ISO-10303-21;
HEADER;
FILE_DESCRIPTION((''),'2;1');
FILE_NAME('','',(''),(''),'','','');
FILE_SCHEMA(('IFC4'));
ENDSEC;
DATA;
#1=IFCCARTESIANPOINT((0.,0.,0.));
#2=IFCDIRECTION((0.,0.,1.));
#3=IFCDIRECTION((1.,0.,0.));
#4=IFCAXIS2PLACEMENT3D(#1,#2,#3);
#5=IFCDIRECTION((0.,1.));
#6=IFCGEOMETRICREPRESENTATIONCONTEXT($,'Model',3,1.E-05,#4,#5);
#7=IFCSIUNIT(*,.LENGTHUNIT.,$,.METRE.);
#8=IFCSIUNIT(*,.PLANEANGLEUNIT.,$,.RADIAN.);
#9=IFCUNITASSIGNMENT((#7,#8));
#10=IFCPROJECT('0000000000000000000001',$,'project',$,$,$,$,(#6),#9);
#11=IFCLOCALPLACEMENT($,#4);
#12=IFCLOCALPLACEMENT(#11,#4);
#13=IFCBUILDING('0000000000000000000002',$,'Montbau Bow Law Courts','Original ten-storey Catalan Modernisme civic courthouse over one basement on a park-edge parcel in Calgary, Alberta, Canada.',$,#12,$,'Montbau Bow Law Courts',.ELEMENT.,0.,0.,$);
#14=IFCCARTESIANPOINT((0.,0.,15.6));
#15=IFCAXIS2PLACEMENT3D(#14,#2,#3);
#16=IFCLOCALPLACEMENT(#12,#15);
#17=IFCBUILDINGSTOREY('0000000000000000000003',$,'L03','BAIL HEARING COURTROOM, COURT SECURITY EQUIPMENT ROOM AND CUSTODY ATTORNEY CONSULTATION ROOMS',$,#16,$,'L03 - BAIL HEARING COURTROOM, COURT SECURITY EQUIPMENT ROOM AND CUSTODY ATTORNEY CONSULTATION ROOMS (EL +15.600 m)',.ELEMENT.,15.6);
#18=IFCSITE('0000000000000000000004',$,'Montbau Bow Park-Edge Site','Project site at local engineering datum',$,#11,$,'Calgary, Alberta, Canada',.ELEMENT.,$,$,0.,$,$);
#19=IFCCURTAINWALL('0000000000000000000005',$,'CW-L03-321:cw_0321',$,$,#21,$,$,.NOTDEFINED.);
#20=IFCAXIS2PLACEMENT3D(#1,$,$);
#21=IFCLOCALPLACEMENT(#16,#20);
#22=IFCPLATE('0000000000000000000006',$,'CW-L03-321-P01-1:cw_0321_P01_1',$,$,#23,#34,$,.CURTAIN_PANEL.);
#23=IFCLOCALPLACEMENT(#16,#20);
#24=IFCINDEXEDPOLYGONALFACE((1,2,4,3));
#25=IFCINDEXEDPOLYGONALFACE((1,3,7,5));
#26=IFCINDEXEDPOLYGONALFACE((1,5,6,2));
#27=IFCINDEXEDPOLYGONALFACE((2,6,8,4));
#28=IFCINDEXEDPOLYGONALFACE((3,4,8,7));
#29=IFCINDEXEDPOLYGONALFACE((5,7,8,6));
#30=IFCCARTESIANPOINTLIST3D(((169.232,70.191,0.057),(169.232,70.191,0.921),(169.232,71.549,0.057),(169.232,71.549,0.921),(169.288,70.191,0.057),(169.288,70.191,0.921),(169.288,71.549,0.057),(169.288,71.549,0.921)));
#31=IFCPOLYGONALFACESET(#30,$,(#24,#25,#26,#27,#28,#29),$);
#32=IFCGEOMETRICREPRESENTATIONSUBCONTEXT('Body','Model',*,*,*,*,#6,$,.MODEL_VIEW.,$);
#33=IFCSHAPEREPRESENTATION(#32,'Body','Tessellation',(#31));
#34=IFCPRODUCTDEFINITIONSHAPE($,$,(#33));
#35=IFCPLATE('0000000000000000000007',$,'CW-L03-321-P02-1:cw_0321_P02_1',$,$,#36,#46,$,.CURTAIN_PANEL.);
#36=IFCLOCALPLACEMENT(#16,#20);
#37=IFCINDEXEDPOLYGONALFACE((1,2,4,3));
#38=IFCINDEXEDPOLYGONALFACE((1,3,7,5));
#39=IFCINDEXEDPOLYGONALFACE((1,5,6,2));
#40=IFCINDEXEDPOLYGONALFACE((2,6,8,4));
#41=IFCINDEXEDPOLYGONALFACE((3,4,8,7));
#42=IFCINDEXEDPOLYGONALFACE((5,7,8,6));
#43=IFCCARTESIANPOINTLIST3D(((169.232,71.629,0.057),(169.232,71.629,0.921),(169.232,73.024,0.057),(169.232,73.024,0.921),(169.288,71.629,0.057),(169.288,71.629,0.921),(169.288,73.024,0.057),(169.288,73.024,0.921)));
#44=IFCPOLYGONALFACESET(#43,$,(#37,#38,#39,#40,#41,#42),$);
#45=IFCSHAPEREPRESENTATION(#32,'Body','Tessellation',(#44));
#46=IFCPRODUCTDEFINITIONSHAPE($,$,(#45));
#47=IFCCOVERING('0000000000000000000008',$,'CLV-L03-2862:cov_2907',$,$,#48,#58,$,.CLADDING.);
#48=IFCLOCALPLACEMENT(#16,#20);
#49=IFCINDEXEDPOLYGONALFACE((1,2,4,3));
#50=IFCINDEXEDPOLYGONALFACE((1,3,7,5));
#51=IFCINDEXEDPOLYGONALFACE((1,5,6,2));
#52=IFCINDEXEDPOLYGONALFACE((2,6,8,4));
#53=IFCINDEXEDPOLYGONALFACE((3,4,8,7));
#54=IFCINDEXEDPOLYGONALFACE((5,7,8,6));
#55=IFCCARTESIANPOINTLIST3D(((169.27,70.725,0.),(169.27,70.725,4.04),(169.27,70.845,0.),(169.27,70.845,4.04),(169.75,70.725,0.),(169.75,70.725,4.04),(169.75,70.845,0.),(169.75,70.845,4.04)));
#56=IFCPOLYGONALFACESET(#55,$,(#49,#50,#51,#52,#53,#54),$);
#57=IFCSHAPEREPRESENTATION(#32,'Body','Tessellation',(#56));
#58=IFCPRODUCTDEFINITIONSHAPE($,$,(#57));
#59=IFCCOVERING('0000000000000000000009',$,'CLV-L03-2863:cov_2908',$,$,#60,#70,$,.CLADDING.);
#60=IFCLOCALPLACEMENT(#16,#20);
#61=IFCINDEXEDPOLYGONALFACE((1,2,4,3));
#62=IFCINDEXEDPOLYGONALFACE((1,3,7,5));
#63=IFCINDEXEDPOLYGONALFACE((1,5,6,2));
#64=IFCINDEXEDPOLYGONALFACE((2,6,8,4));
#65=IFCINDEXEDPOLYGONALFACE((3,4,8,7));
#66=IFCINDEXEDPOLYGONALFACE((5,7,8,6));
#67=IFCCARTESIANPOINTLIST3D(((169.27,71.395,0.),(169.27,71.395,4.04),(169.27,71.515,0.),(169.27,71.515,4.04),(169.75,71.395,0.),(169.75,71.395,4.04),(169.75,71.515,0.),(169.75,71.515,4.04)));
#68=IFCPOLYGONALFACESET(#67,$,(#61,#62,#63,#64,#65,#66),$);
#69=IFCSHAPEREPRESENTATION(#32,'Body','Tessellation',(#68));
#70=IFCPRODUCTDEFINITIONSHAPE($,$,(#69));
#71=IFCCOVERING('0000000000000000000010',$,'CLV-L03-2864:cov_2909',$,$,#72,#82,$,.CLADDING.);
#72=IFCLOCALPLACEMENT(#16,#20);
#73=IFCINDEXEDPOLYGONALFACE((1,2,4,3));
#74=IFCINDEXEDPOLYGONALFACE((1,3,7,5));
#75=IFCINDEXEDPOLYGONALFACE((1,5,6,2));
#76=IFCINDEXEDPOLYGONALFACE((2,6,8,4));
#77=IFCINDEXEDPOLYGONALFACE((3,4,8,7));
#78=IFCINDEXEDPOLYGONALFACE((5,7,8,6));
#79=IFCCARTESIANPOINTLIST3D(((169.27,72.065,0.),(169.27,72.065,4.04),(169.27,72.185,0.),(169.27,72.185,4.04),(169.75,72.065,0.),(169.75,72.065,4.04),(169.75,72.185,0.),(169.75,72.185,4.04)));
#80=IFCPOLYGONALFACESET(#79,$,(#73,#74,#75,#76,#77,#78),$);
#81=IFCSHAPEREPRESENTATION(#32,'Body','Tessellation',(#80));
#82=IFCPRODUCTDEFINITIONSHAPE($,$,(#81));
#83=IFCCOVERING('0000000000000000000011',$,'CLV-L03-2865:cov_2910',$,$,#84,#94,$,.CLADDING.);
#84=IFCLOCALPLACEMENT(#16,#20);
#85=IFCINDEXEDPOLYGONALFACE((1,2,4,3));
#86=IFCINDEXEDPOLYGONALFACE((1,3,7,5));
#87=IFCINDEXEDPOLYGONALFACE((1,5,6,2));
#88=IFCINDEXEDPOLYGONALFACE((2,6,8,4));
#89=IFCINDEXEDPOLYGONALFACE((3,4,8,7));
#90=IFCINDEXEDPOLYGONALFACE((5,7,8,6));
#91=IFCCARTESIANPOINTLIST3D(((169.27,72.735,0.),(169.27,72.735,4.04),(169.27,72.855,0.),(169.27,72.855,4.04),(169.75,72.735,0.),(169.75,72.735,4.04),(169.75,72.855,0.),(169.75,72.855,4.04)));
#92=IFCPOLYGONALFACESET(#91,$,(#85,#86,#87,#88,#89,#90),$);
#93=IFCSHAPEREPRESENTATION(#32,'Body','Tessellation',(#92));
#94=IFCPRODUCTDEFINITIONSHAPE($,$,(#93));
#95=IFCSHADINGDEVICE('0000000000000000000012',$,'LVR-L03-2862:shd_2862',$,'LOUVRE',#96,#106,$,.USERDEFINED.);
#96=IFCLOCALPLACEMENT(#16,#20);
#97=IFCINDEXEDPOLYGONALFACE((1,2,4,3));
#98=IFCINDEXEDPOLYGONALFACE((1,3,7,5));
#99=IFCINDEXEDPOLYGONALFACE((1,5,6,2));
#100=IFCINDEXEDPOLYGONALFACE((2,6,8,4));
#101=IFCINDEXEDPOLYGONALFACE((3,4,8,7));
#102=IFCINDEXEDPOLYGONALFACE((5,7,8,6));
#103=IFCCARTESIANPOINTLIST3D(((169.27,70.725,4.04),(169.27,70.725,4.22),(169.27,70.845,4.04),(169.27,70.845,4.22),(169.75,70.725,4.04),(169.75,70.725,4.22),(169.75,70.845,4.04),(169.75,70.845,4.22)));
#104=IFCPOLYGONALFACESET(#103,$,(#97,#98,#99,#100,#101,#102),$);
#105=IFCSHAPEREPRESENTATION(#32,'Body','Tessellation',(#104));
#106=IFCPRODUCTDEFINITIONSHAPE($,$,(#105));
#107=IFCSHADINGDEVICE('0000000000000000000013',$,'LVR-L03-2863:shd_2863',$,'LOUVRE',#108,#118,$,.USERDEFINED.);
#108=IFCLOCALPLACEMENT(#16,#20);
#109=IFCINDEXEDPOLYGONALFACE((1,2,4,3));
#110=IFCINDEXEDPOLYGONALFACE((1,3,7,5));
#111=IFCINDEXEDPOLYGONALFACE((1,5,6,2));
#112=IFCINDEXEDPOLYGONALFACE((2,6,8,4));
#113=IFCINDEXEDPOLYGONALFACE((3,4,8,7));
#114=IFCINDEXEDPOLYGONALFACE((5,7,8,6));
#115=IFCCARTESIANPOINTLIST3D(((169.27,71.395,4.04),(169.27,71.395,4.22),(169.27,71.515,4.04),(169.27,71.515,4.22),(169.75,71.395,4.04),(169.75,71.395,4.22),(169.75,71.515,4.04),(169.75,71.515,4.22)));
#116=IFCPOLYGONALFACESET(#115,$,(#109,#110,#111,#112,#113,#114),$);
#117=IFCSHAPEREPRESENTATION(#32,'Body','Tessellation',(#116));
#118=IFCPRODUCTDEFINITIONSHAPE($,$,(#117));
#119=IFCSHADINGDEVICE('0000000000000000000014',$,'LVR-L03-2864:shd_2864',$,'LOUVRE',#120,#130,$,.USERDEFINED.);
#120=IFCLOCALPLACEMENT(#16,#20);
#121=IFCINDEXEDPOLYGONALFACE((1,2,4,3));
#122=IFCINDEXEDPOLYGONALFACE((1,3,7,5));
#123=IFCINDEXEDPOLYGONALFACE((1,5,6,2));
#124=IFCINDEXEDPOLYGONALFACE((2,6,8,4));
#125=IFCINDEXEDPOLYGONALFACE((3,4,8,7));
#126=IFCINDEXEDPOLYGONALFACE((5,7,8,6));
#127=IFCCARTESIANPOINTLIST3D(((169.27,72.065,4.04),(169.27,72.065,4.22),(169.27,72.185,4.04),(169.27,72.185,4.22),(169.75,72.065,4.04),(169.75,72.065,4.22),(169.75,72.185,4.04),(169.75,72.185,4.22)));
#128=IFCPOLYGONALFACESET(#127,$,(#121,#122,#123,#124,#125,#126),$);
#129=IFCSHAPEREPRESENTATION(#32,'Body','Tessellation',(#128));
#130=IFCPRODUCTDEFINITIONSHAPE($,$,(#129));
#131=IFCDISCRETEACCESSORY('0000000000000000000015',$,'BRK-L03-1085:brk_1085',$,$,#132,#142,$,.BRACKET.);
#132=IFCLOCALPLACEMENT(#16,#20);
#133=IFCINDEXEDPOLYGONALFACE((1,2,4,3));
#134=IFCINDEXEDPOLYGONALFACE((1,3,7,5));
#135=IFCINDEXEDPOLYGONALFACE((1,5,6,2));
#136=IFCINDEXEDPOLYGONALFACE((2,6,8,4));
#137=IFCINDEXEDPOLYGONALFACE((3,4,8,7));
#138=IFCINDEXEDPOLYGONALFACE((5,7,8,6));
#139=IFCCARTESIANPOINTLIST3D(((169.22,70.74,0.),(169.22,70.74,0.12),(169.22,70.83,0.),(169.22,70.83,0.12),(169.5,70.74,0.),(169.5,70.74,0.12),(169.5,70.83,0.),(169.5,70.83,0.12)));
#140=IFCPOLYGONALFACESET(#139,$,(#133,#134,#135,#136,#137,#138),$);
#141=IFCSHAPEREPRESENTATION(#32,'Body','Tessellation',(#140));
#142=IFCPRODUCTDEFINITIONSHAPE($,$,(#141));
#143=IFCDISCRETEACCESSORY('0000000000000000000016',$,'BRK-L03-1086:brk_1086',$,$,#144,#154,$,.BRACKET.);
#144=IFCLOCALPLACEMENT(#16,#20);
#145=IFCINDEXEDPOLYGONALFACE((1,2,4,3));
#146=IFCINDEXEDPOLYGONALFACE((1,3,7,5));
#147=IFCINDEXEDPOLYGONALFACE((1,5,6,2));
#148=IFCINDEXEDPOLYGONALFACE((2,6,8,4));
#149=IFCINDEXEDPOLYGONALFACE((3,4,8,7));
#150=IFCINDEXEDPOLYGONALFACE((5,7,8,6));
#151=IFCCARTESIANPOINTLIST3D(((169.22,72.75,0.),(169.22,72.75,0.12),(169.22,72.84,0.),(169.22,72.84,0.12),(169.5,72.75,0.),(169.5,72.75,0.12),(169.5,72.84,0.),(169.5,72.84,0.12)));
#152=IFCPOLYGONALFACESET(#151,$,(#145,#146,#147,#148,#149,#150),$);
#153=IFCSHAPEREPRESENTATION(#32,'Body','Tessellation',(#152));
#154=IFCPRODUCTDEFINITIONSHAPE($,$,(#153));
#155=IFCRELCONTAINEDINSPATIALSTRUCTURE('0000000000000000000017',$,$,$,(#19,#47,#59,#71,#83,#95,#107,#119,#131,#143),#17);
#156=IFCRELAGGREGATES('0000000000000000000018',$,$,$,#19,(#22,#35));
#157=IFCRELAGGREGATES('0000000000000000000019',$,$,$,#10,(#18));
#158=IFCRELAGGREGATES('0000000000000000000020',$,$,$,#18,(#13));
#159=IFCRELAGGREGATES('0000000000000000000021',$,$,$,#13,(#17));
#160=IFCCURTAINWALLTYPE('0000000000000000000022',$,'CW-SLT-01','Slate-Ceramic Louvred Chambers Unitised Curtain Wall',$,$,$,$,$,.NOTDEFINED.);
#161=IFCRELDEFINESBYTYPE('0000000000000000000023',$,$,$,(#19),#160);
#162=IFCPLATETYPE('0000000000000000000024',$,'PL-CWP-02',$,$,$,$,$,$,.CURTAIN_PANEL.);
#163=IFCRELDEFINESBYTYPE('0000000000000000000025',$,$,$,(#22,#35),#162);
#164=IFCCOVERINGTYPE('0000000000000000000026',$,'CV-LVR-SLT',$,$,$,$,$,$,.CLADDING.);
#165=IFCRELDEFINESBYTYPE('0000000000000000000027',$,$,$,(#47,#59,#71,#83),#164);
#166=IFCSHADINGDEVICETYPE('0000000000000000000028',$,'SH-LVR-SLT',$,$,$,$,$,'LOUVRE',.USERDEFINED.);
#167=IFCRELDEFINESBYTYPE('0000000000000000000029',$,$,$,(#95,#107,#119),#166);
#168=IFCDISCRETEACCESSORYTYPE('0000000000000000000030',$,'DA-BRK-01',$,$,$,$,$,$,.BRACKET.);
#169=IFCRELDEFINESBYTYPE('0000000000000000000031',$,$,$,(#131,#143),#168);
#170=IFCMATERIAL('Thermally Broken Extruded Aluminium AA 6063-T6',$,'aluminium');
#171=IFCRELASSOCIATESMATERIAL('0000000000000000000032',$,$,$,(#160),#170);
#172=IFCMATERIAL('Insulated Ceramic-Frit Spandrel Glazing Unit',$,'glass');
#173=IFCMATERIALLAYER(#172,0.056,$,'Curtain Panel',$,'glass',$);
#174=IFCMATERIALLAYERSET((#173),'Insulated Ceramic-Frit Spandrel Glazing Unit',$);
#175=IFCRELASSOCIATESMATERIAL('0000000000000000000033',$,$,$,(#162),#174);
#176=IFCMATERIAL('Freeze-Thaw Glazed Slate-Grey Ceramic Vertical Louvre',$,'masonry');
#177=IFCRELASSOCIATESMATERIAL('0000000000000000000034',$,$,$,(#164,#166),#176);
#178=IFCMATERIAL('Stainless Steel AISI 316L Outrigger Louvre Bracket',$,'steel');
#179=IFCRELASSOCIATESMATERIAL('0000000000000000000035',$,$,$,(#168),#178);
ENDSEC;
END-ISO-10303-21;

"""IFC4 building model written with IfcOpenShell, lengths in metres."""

from ifc_helpers import new_model, si_unit, direction, frame, frame_2d, origin_with_axes, origin_2d_with_axis, place, context, subcontext, project, spatial, rectangle, extrude, material, layer, layer_set, type_object, element, aggregate, save


model = new_model("IFC4")

# Units and contexts
model_context = context("Model", 3, precision=1e-05, world=origin_with_axes(), true_north=direction((0.0, 1.0)))
body_context = subcontext(model_context, "Body", "Model", "MODEL_VIEW")
ifc_project = project(units=[si_unit("LENGTHUNIT", "METRE"), si_unit("PLANEANGLEUNIT", "RADIAN")], contexts=[model_context])

# Site, building, storey
site_placement = place(None, origin_with_axes())
site = spatial("IfcSite", under=ifc_project, at=site_placement, Name="Montbau Bow Park-Edge Site", Description="Project site at local engineering datum", LongName="Calgary, Alberta, Canada", CompositionType="ELEMENT", RefElevation=0.0)
building_placement = place(site_placement, origin_with_axes())
building = spatial("IfcBuilding", under=site, at=building_placement, Name="Montbau Bow Law Courts", Description="Original ten-storey Catalan Modernisme civic courthouse over one basement on a park-edge parcel in Calgary, Alberta, Canada.", LongName="Montbau Bow Law Courts", CompositionType="ELEMENT", ElevationOfRefHeight=0.0, ElevationOfTerrain=0.0)
storey_placement = place(building_placement, frame((0.0, 0.0, 15.6), z_axis=(0.0, 0.0, 1.0), x_axis=(1.0, 0.0, 0.0)))
storey = spatial("IfcBuildingStorey", under=building, at=storey_placement, Name="L03", Description="BAIL HEARING COURTROOM, COURT SECURITY EQUIPMENT ROOM AND CUSTODY ATTORNEY CONSULTATION ROOMS", LongName="L03 - BAIL HEARING COURTROOM, COURT SECURITY EQUIPMENT ROOM AND CUSTODY ATTORNEY CONSULTATION ROOMS (EL +15.600 m)", CompositionType="ELEMENT", Elevation=15.6)

# Shared definitions
ifc_material_1 = material(Name="Thermally Broken Extruded Aluminium AA 6063-T6", Category="aluminium")
curtain_wall_type = type_object("IfcCurtainWallType", Name="CW-SLT-01", Description="Slate-Ceramic Louvred Chambers Unitised Curtain Wall", PredefinedType="NOTDEFINED", material=ifc_material_1)

# Curtain wall
curtain_wall_1_placement = place(None, frame((169.26, 70.115, 15.6), z_axis=(0.0, 0.0, 1.0), x_axis=(1.0, 0.0, 0.0)))
curtain_wall_1 = element("IfcCurtainWall", 1, at=curtain_wall_1_placement, inside=storey, type_object=curtain_wall_type, Name="CW-L03-321:cw_0321", PredefinedType="NOTDEFINED")

# Plates
ifc_material_2 = material(Name="Insulated Ceramic-Frit Spandrel Glazing Unit", Category="glass")
ifc_layer_1 = layer(ifc_material_2, 0.056, Name="Curtain Panel", Category="glass")
ifc_layer_set_1 = layer_set([ifc_layer_1], Name="Insulated Ceramic-Frit Spandrel Glazing Unit")
plate_type_1 = type_object("IfcPlateType", Name="PL-CWP-02", PredefinedType="CURTAIN_PANEL", material=ifc_layer_set_1)
plate_1_placement = place(None, frame((169.26, 70.191, 15.657), z_axis=(1.0, 0.0, 0.0), x_axis=(0.0, 1.0, 0.0)))
plate_1 = element("IfcPlate", 2, at=plate_1_placement, type_object=plate_type_1, Name="CW-L03-321-P01-1:cw_0321_P01_1", PredefinedType="CURTAIN_PANEL", context=body_context, shape_type="SweptSolid", body=[
    extrude(rectangle(XDim=1.358, YDim=0.864, at=frame_2d((0.679, 0.432), x_axis=(1.0, 0.0))), frame((0.0, 0.0, -0.028), z_axis=(0.0, 0.0, 1.0), x_axis=(1.0, 0.0, 0.0)), (0.0, 0.0, 1.0), 0.056),
])
plate_2_placement = place(None, frame((169.26, 71.629, 15.657), z_axis=(1.0, 0.0, 0.0), x_axis=(0.0, 1.0, 0.0)))
plate_2 = element("IfcPlate", 3, at=plate_2_placement, type_object=plate_type_1, Name="CW-L03-321-P02-1:cw_0321_P02_1", PredefinedType="CURTAIN_PANEL", context=body_context, shape_type="SweptSolid", body=[
    extrude(rectangle(XDim=1.395, YDim=0.864, at=frame_2d((0.6975, 0.432), x_axis=(1.0, 0.0))), frame((0.0, 0.0, -0.028), z_axis=(0.0, 0.0, 1.0), x_axis=(1.0, 0.0, 0.0)), (0.0, 0.0, 1.0), 0.056),
])
aggregate(curtain_wall_1, [plate_1, plate_2])

# Coverings
ifc_material_3 = material(Name="Freeze-Thaw Glazed Slate-Grey Ceramic Vertical Louvre", Category="masonry")
covering_type = type_object("IfcCoveringType", Name="CV-LVR-SLT", PredefinedType="CLADDING", material=ifc_material_3)
for number, where, z_axis, x_axis, name in (
    (4, (169.27, 70.785, 15.6), (0.0, -1.0, 0.0), (1.0, 0.0, 0.0), "CLV-L03-2862:cov_2907"),
    (5, (169.27, 71.455, 15.6), (0.0, -1.0, 0.0), (1.0, 0.0, 0.0), "CLV-L03-2863:cov_2908"),
    (6, (169.27, 72.125, 15.6), (0.0, -1.0, 0.0), (1.0, 0.0, 0.0), "CLV-L03-2864:cov_2909"),
    (7, (169.27, 72.795, 15.6), (0.0, -1.0, 0.0), (1.0, 0.0, 0.0), "CLV-L03-2865:cov_2910"),
):
    element("IfcCovering", number, at=place(None, frame(where, z_axis=z_axis, x_axis=x_axis)), inside=storey, type_object=covering_type, Name=name, PredefinedType="CLADDING", context=body_context, shape_type="SweptSolid", body=[
        extrude(rectangle(XDim=0.48, YDim=4.04, at=frame_2d((0.24, 2.02), x_axis=(1.0, 0.0))), frame((0.0, 0.0, -0.06), z_axis=(0.0, 0.0, 1.0), x_axis=(1.0, 0.0, 0.0)), (0.0, 0.0, 1.0), 0.12),
    ])

# Shading devices
shading_device_type = type_object("IfcShadingDeviceType", Name="SH-LVR-SLT", ElementType="LOUVRE", PredefinedType="USERDEFINED", material=ifc_material_3)
for number, where, z_axis, x_axis, name in (
    (8, (169.51, 70.785, 19.64), (0.0, 0.0, 1.0), (1.0, 0.0, 0.0), "LVR-L03-2862:shd_2862"),
    (9, (169.51, 71.455, 19.64), (0.0, 0.0, 1.0), (1.0, 0.0, 0.0), "LVR-L03-2863:shd_2863"),
    (10, (169.51, 72.125, 19.64), (0.0, 0.0, 1.0), (1.0, 0.0, 0.0), "LVR-L03-2864:shd_2864"),
):
    element("IfcShadingDevice", number, at=place(None, frame(where, z_axis=z_axis, x_axis=x_axis)), inside=storey, type_object=shading_device_type, Name=name, ObjectType="LOUVRE", PredefinedType="USERDEFINED", context=body_context, shape_type="SweptSolid", body=[
        extrude(rectangle(XDim=0.48, YDim=0.12, at=origin_2d_with_axis()), origin_with_axes(), (0.0, 0.0, 1.0), 0.18),
    ])

# Discrete accessories
ifc_material_4 = material(Name="Stainless Steel AISI 316L Outrigger Louvre Bracket", Category="steel")
discrete_accessory_type = type_object("IfcDiscreteAccessoryType", Name="DA-BRK-01", PredefinedType="BRACKET", material=ifc_material_4)
for number, where, z_axis, x_axis, name in (
    (11, (169.36, 70.785, 15.6), (0.0, 0.0, 1.0), (1.0, 0.0, 0.0), "BRK-L03-1085:brk_1085"),
    (12, (169.36, 72.795, 15.6), (0.0, 0.0, 1.0), (1.0, 0.0, 0.0), "BRK-L03-1086:brk_1086"),
):
    element("IfcDiscreteAccessory", number, at=place(None, frame(where, z_axis=z_axis, x_axis=x_axis)), inside=storey, type_object=discrete_accessory_type, Name=name, PredefinedType="BRACKET", context=body_context, shape_type="SweptSolid", body=[
        extrude(rectangle(XDim=0.28, YDim=0.09, at=origin_2d_with_axis()), origin_with_axes(), (0.0, 0.0, 1.0), 0.12),
    ])

save(model, "model.ifc")
